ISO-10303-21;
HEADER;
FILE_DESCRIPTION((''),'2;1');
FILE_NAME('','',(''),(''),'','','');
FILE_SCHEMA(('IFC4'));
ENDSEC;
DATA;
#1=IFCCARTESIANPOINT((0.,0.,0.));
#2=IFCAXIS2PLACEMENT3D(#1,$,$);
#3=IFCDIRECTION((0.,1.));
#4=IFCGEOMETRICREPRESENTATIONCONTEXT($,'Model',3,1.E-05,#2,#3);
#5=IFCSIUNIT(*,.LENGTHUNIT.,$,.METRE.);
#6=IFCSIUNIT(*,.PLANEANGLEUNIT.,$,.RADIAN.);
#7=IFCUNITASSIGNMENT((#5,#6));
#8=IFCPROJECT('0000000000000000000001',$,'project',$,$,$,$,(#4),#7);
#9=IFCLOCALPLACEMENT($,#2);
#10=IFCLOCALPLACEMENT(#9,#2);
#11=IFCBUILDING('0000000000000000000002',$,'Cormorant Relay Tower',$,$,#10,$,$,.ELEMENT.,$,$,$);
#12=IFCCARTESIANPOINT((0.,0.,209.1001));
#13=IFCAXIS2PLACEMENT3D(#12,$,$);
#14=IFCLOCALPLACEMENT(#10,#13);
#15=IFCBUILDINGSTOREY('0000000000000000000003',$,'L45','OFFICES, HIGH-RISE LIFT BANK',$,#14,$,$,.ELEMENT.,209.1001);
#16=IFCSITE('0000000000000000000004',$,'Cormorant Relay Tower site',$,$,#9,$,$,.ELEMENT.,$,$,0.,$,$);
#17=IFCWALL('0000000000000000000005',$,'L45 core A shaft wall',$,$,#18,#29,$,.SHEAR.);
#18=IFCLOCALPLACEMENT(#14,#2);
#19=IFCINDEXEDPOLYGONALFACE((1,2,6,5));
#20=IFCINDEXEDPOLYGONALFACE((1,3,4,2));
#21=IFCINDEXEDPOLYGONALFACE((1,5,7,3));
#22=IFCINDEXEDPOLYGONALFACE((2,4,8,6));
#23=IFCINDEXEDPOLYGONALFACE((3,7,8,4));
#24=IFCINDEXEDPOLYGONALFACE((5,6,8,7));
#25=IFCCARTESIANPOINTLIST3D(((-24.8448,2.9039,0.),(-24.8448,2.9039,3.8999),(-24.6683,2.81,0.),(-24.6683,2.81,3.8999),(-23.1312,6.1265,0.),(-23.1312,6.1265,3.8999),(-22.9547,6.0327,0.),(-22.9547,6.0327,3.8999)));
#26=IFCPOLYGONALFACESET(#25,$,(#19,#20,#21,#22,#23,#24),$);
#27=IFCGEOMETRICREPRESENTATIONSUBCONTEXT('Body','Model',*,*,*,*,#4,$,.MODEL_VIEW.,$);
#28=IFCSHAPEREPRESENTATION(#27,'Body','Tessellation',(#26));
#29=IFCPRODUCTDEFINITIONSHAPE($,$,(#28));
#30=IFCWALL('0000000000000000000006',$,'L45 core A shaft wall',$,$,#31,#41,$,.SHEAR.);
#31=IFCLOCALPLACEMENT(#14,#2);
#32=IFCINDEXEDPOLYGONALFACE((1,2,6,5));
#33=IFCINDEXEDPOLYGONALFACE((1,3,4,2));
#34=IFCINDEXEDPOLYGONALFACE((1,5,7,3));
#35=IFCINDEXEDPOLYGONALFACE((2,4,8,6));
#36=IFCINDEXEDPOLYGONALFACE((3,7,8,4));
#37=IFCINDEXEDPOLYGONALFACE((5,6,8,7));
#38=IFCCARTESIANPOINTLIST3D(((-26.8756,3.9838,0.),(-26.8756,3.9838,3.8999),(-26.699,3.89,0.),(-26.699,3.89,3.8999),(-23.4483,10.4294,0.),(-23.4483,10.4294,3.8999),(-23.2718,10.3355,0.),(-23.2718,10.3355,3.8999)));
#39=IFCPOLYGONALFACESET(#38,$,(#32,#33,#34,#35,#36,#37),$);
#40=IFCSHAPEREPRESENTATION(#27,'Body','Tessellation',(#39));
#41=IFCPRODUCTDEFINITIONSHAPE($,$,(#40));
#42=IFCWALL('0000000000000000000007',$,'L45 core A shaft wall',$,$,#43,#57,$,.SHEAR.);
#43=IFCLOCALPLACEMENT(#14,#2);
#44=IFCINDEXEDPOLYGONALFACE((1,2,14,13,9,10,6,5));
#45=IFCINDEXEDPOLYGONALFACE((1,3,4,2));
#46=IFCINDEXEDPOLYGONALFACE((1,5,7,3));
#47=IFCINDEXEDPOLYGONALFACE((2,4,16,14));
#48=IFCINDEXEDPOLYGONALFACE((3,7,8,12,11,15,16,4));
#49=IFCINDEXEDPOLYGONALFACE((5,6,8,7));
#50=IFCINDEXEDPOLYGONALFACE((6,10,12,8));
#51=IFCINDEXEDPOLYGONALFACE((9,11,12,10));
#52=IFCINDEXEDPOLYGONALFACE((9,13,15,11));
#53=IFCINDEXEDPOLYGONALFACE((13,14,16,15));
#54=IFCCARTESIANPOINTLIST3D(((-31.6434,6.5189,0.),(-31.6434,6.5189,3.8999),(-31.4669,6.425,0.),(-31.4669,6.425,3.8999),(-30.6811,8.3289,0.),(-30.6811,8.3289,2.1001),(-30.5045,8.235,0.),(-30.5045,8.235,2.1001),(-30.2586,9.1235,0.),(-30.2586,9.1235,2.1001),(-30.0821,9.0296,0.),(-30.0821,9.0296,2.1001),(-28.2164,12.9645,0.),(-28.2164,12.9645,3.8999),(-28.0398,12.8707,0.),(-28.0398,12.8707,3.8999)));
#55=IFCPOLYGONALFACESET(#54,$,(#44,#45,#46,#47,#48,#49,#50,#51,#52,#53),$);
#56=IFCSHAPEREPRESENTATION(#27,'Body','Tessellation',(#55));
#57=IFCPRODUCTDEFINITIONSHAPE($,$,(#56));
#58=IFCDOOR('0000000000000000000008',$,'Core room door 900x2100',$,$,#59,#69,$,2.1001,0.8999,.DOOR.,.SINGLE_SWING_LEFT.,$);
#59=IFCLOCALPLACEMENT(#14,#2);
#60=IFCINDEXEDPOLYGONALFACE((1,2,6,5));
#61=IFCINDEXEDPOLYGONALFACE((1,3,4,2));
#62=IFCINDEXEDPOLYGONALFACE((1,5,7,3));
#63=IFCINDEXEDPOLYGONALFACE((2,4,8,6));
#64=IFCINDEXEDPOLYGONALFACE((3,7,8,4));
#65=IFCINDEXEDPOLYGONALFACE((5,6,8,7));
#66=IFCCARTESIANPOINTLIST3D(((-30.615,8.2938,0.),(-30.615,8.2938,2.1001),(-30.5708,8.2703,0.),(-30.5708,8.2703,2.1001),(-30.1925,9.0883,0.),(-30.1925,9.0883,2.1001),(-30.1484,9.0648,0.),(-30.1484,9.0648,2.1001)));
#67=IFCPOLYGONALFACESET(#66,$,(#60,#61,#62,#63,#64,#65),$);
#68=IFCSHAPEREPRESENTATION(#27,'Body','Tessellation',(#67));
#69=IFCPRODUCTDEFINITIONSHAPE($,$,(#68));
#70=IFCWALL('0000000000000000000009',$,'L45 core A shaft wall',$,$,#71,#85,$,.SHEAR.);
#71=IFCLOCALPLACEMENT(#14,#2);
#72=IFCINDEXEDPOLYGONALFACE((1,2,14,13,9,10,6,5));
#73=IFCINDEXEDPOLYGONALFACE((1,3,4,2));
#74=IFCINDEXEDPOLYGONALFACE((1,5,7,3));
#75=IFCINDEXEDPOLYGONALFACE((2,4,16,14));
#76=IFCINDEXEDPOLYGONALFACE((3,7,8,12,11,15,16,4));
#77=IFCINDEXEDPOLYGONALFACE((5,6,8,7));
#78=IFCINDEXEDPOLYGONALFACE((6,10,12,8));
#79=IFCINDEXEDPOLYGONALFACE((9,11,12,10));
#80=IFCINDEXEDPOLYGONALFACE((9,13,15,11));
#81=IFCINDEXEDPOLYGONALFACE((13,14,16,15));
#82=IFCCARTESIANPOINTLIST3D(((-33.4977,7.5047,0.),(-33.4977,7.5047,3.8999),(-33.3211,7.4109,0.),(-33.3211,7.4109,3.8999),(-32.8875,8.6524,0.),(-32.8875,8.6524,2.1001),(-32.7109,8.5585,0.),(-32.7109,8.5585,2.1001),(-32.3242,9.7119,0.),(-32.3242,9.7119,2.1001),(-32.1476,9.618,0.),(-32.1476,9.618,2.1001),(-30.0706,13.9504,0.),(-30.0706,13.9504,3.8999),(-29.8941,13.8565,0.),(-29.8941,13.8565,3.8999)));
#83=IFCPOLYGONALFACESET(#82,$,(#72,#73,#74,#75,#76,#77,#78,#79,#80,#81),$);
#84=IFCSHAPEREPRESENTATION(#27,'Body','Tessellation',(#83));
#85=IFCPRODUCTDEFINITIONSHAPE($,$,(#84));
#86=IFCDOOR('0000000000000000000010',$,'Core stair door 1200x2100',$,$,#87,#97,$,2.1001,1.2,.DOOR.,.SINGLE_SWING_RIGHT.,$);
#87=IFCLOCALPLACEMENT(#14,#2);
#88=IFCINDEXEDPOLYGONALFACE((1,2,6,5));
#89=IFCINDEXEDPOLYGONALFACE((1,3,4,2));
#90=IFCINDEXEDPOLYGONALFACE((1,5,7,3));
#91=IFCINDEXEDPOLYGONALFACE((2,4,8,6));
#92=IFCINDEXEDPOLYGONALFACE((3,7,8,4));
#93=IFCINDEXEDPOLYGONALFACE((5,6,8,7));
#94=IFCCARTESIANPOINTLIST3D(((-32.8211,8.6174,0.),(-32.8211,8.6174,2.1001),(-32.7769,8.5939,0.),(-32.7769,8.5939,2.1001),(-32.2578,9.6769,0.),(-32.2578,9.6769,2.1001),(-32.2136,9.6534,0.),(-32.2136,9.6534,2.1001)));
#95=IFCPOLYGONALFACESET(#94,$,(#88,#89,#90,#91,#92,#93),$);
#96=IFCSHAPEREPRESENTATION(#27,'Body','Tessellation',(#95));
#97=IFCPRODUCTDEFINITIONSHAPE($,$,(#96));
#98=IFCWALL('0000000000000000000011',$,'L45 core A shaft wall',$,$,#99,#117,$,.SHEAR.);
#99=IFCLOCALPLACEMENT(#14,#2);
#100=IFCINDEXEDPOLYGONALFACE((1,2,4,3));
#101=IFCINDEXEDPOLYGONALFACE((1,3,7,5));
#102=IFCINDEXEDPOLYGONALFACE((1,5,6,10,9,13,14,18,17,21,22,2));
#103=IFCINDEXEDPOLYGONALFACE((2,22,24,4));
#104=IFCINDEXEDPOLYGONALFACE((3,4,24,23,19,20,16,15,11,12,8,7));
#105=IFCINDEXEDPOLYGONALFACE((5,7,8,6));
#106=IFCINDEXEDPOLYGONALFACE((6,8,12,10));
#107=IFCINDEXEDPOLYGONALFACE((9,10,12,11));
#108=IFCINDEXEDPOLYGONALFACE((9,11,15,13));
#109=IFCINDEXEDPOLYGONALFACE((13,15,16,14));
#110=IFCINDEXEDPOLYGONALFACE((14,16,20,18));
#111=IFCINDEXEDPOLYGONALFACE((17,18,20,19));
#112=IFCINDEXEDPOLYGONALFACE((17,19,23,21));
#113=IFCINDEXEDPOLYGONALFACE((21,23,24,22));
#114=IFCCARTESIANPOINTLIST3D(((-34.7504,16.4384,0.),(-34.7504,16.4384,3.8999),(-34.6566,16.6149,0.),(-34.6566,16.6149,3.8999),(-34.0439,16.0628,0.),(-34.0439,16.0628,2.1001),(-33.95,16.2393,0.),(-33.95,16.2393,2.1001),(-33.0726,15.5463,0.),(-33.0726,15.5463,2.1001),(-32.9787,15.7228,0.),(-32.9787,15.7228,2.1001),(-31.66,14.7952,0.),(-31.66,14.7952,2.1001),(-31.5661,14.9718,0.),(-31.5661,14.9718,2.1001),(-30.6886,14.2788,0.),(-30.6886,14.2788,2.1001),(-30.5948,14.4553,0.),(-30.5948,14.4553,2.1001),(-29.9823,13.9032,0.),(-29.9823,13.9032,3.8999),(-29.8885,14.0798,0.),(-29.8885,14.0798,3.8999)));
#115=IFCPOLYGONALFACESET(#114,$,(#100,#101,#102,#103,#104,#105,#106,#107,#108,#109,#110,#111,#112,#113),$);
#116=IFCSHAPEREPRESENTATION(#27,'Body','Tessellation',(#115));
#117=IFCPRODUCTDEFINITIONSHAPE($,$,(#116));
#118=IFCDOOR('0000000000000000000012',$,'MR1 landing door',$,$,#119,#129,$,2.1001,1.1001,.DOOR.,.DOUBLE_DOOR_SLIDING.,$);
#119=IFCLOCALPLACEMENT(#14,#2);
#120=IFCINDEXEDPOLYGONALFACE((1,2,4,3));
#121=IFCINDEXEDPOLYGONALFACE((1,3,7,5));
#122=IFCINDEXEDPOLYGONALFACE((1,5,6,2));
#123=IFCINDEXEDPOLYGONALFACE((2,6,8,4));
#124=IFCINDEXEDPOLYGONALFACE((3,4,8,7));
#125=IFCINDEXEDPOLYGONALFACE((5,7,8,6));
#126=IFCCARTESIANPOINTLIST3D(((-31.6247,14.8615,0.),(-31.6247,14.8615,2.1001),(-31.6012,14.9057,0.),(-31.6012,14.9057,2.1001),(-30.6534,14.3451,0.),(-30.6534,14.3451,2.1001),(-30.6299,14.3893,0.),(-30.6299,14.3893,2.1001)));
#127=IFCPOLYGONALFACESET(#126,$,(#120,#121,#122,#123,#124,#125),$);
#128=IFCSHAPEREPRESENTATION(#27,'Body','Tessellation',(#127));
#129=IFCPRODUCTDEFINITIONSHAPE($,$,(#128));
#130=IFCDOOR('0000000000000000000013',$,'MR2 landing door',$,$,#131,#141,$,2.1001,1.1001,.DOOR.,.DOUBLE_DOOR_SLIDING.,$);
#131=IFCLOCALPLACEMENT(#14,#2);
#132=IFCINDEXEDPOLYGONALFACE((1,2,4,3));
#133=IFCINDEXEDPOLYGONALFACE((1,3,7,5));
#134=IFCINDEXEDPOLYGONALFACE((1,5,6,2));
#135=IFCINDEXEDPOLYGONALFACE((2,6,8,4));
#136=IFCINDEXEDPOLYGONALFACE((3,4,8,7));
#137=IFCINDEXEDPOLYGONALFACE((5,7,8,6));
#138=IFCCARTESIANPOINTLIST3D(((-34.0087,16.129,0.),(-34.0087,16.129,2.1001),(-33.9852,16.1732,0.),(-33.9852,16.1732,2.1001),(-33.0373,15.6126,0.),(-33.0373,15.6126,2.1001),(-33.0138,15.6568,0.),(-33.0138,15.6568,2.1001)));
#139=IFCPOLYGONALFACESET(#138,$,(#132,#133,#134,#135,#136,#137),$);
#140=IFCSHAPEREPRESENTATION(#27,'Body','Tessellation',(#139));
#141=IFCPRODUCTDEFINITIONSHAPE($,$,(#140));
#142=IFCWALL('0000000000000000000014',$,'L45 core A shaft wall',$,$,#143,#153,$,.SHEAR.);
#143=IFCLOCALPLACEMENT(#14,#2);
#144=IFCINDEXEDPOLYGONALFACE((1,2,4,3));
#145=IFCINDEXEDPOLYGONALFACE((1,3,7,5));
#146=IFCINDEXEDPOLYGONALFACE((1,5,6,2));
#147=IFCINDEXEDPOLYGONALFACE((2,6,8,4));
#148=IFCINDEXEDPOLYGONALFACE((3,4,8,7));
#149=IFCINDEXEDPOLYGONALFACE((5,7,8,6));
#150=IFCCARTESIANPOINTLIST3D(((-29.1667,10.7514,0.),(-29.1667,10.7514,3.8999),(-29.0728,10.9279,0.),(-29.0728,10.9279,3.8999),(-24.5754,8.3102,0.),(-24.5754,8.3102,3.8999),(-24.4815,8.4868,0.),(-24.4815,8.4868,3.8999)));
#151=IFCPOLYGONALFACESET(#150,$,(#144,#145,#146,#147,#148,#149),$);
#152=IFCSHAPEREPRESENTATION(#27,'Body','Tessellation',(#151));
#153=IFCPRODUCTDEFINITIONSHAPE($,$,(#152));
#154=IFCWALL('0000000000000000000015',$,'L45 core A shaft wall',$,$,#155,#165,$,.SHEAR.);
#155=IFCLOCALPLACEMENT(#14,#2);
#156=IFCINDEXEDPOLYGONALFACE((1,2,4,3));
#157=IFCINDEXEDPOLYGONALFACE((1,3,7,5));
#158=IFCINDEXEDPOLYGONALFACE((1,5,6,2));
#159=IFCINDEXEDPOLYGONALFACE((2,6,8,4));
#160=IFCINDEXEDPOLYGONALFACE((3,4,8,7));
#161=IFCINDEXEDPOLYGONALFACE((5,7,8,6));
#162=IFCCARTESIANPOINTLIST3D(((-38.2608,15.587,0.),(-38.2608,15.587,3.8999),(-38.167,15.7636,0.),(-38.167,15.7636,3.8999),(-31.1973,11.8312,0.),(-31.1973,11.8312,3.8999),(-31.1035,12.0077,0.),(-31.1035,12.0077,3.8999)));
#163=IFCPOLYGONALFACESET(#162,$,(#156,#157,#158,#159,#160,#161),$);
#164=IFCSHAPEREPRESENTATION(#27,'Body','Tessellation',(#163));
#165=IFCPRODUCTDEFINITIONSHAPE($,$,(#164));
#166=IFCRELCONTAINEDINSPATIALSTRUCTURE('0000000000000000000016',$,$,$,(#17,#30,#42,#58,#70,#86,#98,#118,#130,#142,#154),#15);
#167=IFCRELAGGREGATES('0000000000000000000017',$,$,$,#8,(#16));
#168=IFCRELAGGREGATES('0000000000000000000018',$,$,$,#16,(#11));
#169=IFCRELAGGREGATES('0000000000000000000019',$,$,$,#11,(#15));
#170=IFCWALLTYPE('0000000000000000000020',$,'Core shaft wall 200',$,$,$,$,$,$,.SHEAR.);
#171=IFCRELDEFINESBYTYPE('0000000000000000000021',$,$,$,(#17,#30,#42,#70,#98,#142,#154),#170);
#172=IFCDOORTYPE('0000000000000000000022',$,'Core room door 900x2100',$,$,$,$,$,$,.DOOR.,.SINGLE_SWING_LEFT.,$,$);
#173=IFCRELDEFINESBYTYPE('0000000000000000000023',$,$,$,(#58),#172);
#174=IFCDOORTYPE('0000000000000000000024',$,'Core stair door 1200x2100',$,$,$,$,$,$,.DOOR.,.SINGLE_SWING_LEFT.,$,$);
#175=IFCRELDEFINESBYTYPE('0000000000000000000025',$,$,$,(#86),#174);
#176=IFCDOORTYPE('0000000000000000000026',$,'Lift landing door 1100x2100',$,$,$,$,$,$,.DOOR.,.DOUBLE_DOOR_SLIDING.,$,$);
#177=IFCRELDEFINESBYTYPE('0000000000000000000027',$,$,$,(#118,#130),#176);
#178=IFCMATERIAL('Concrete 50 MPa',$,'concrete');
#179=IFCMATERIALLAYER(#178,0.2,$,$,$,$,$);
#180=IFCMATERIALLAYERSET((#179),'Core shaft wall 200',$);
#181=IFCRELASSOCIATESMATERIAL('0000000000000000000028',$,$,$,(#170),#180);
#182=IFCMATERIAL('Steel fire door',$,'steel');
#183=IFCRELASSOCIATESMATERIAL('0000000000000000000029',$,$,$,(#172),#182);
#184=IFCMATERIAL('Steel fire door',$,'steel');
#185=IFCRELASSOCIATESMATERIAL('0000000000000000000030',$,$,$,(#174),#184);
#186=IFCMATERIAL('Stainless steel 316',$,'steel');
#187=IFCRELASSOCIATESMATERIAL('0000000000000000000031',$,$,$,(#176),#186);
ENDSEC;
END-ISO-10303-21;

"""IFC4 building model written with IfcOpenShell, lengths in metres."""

from ifc_helpers import new_model, si_unit, direction, frame, frame_2d, origin, place, context, subcontext, project, spatial, rectangle, extrude, material, layer, layer_set, type_object, element, fill, save


model = new_model("IFC4")

# Units and contexts
model_context = context("Model", 3, precision=1e-05, world=origin(), true_north=direction((0.0, 1.0)))
body_context = subcontext(model_context, "Body", "Model", "MODEL_VIEW")
ifc_project = project(units=[si_unit("LENGTHUNIT", "METRE"), si_unit("PLANEANGLEUNIT", "RADIAN")], contexts=[model_context])

# Site, building, storey
site_placement = place(None, origin())
site = spatial("IfcSite", under=ifc_project, at=site_placement, Name="Cormorant Relay Tower site", CompositionType="ELEMENT", RefElevation=0.0)
building_placement = place(site_placement, origin())
building = spatial("IfcBuilding", under=site, at=building_placement, Name="Cormorant Relay Tower", CompositionType="ELEMENT")
storey_placement = place(building_placement, frame((0.0, 0.0, 209.1001)))
storey = spatial("IfcBuildingStorey", under=building, at=storey_placement, Name="L45", Description="OFFICES, HIGH-RISE LIFT BANK", CompositionType="ELEMENT", Elevation=209.1001)

# Walls
ifc_material_1 = material(Name="Concrete 50 MPa", Category="concrete")
ifc_layer_1 = layer(ifc_material_1, 0.2)
ifc_layer_set_1 = layer_set([ifc_layer_1], Name="Core shaft wall 200")
wall_type_1 = type_object("IfcWallType", Name="Core shaft wall 200", PredefinedType="SHEAR", material=ifc_layer_set_1)
wall_1_placement = place(storey_placement, frame((-23.043, 6.0796, 0.0), z_axis=(0.0, 0.0, 1.0), x_axis=(-0.469494, -0.882936, 0.0)))
element("IfcWall", 1, at=wall_1_placement, inside=storey, type_object=wall_type_1, Name="L45 core A shaft wall", PredefinedType="SHEAR", context=body_context, shape_type="SweptSolid", body=[
    extrude(rectangle(XDim=3.6499, YDim=0.2, at=frame_2d((1.825, 0.0))), origin(), (0.0, 0.0, 1.0), 3.8999),
])
wall_2_placement = place(storey_placement, frame((-23.3601, 10.3823, 0.0), z_axis=(0.0, 0.0, 1.0), x_axis=(-0.46948, -0.882943, 0.0)))
element("IfcWall", 2, at=wall_2_placement, inside=storey, type_object=wall_type_1, Name="L45 core A shaft wall", PredefinedType="SHEAR", context=body_context, shape_type="SweptSolid", body=[
    extrude(rectangle(XDim=7.3, YDim=0.2, at=frame_2d((3.6499, 0.0))), origin(), (0.0, 0.0, 1.0), 3.8999),
])

# Walls, openings, doors
wall_3_placement = place(storey_placement, frame((-28.1282, 12.9175, 0.0), z_axis=(0.0, 0.0, 1.0), x_axis=(-0.469454, -0.882957, 0.0)))
wall_3 = element("IfcWall", 3, at=wall_3_placement, inside=storey, type_object=wall_type_1, Name="L45 core A shaft wall", PredefinedType="SHEAR", context=body_context, shape_type="SweptSolid", body=[
    extrude(rectangle(XDim=7.3, YDim=0.2, at=frame_2d((3.6499, 0.0))), origin(), (0.0, 0.0, 1.0), 3.8999),
])
opening_1_placement = place(wall_3_placement, frame((4.3501, 0.0, 0.0)))
opening_1 = element("IfcOpeningElement", 4, at=opening_1_placement, cuts=wall_3, PredefinedType="OPENING", context=body_context, shape_type="SweptSolid", body=[
    extrude(rectangle(XDim=0.8999, YDim=2.1001, at=frame_2d((0.45, 1.05))), frame((0.0, 0.1099, 0.0), z_axis=(0.0, -1.0, 0.0), x_axis=(1.0, 0.0, 0.0)), (0.0, 0.0, 1.0), 0.22),
])
ifc_material_2 = material(Name="Steel fire door", Category="steel")
door_type_1 = type_object("IfcDoorType", Name="Core room door 900x2100", OperationType="SINGLE_SWING_LEFT", PredefinedType="DOOR", material=ifc_material_2)
door_1_placement = place(opening_1_placement, origin())
door_1 = element("IfcDoor", 5, at=door_1_placement, inside=storey, type_object=door_type_1, Name="Core room door 900x2100", OperationType="SINGLE_SWING_LEFT", OverallHeight=2.1001, OverallWidth=0.8999, PredefinedType="DOOR", context=body_context, shape_type="SweptSolid", body=[
    extrude(rectangle(XDim=0.8999, YDim=2.1001, at=frame_2d((0.45, 1.05))), frame((0.0, 0.0249, 0.0), z_axis=(0.0, -1.0, 0.0), x_axis=(1.0, 0.0, 0.0)), (0.0, 0.0, 1.0), 0.05),
])
fill(opening_1, door_1)
wall_4_placement = place(storey_placement, frame((-29.9824, 13.9033, 0.0), z_axis=(0.0, 0.0, 1.0), x_axis=(-0.469454, -0.882957, 0.0)))
wall_4 = element("IfcWall", 6, at=wall_4_placement, inside=storey, type_object=wall_type_1, Name="L45 core A shaft wall", PredefinedType="SHEAR", context=body_context, shape_type="SweptSolid", body=[
    extrude(rectangle(XDim=7.3, YDim=0.2, at=frame_2d((3.6499, 0.0))), origin(), (0.0, 0.0, 1.0), 3.8999),
])
opening_2_placement = place(wall_4_placement, frame((4.8, 0.0, 0.0)))
opening_2 = element("IfcOpeningElement", 7, at=opening_2_placement, cuts=wall_4, PredefinedType="OPENING", context=body_context, shape_type="SweptSolid", body=[
    extrude(rectangle(XDim=1.2, YDim=2.1001, at=frame_2d((0.6001, 1.05))), frame((0.0, 0.1099, 0.0), z_axis=(0.0, -1.0, 0.0), x_axis=(1.0, 0.0, 0.0)), (0.0, 0.0, 1.0), 0.22),
])
ifc_material_3 = material(Name="Steel fire door", Category="steel")
door_type_2 = type_object("IfcDoorType", Name="Core stair door 1200x2100", OperationType="SINGLE_SWING_LEFT", PredefinedType="DOOR", material=ifc_material_3)
door_2_placement = place(opening_2_placement, frame((1.2, 0.0, 0.0), z_axis=(0.0, 0.0, 1.0), x_axis=(-1.0, 0.0, 0.0)))
door_2 = element("IfcDoor", 8, at=door_2_placement, inside=storey, type_object=door_type_2, Name="Core stair door 1200x2100", OperationType="SINGLE_SWING_RIGHT", OverallHeight=2.1001, OverallWidth=1.2, PredefinedType="DOOR", context=body_context, shape_type="SweptSolid", body=[
    extrude(rectangle(XDim=1.2, YDim=2.1001, at=frame_2d((0.6001, 1.05))), frame((0.0, 0.0249, 0.0), z_axis=(0.0, -1.0, 0.0), x_axis=(1.0, 0.0, 0.0)), (0.0, 0.0, 1.0), 0.05),
])
fill(opening_2, door_2)

# Wall, openings, doors
wall_5_placement = place(storey_placement, frame((-29.9353, 13.9915, 0.0), z_axis=(0.0, 0.0, 1.0), x_axis=(-0.882953, 0.469462, 0.0)))
wall_5 = element("IfcWall", 9, at=wall_5_placement, inside=storey, type_object=wall_type_1, Name="L45 core A shaft wall", PredefinedType="SHEAR", context=body_context, shape_type="SweptSolid", body=[
    extrude(rectangle(XDim=5.4001, YDim=0.2, at=frame_2d((2.7002, 0.0))), origin(), (0.0, 0.0, 1.0), 3.8999),
])
opening_3_placement = place(wall_5_placement, frame((0.8, 0.0, 0.0)))
opening_3 = element("IfcOpeningElement", 10, at=opening_3_placement, cuts=wall_5, PredefinedType="OPENING", context=body_context, shape_type="SweptSolid", body=[
    extrude(rectangle(XDim=1.1001, YDim=2.1001, at=frame_2d((0.55, 1.05))), frame((0.0, 0.1099, 0.0), z_axis=(0.0, -1.0, 0.0), x_axis=(1.0, 0.0, 0.0)), (0.0, 0.0, 1.0), 0.22),
])
opening_4_placement = place(wall_5_placement, frame((3.5, 0.0, 0.0)))
opening_4 = element("IfcOpeningElement", 11, at=opening_4_placement, cuts=wall_5, PredefinedType="OPENING", context=body_context, shape_type="SweptSolid", body=[
    extrude(rectangle(XDim=1.1001, YDim=2.1001, at=frame_2d((0.55, 1.05))), frame((0.0, 0.1099, 0.0), z_axis=(0.0, -1.0, 0.0), x_axis=(1.0, 0.0, 0.0)), (0.0, 0.0, 1.0), 0.22),
])
ifc_material_4 = material(Name="Stainless steel 316", Category="steel")
door_type_3 = type_object("IfcDoorType", Name="Lift landing door 1100x2100", OperationType="DOUBLE_DOOR_SLIDING", PredefinedType="DOOR", material=ifc_material_4)
door_3_placement = place(opening_3_placement, origin())
door_3 = element("IfcDoor", 12, at=door_3_placement, inside=storey, type_object=door_type_3, Name="MR1 landing door", OperationType="DOUBLE_DOOR_SLIDING", OverallHeight=2.1001, OverallWidth=1.1001, PredefinedType="DOOR", context=body_context, shape_type="SweptSolid", body=[
    extrude(rectangle(XDim=1.1001, YDim=2.1001, at=frame_2d((0.55, 1.05))), frame((0.0, 0.0249, 0.0), z_axis=(0.0, -1.0, 0.0), x_axis=(1.0, 0.0, 0.0)), (0.0, 0.0, 1.0), 0.05),
])
fill(opening_3, door_3)
door_4_placement = place(opening_4_placement, origin())
door_4 = element("IfcDoor", 13, at=door_4_placement, inside=storey, type_object=door_type_3, Name="MR2 landing door", OperationType="DOUBLE_DOOR_SLIDING", OverallHeight=2.1001, OverallWidth=1.1001, PredefinedType="DOOR", context=body_context, shape_type="SweptSolid", body=[
    extrude(rectangle(XDim=1.1001, YDim=2.1001, at=frame_2d((0.55, 1.05))), frame((0.0, 0.0249, 0.0), z_axis=(0.0, -1.0, 0.0), x_axis=(1.0, 0.0, 0.0)), (0.0, 0.0, 1.0), 0.05),
])
fill(opening_4, door_4)

# Walls
wall_6_placement = place(storey_placement, frame((-24.5283, 8.3984, 0.0), z_axis=(0.0, 0.0, 1.0), x_axis=(-0.882954, 0.46946, 0.0)))
element("IfcWall", 14, at=wall_6_placement, inside=storey, type_object=wall_type_1, Name="L45 core A shaft wall", PredefinedType="SHEAR", context=body_context, shape_type="SweptSolid", body=[
    extrude(rectangle(XDim=5.2, YDim=0.2, at=frame_2d((2.6001, 0.0))), origin(), (0.0, 0.0, 1.0), 3.8999),
])
wall_7_placement = place(storey_placement, frame((-31.1504, 11.9194, 0.0), z_axis=(0.0, 0.0, 1.0), x_axis=(-0.88294, 0.469485, 0.0)))
element("IfcWall", 15, at=wall_7_placement, inside=storey, type_object=wall_type_1, Name="L45 core A shaft wall", PredefinedType="SHEAR", context=body_context, shape_type="SweptSolid", body=[
    extrude(rectangle(XDim=8.0, YDim=0.2, at=frame_2d((4.0, 0.0))), origin(), (0.0, 0.0, 1.0), 3.8999),
])

save(model, "model.ifc")
